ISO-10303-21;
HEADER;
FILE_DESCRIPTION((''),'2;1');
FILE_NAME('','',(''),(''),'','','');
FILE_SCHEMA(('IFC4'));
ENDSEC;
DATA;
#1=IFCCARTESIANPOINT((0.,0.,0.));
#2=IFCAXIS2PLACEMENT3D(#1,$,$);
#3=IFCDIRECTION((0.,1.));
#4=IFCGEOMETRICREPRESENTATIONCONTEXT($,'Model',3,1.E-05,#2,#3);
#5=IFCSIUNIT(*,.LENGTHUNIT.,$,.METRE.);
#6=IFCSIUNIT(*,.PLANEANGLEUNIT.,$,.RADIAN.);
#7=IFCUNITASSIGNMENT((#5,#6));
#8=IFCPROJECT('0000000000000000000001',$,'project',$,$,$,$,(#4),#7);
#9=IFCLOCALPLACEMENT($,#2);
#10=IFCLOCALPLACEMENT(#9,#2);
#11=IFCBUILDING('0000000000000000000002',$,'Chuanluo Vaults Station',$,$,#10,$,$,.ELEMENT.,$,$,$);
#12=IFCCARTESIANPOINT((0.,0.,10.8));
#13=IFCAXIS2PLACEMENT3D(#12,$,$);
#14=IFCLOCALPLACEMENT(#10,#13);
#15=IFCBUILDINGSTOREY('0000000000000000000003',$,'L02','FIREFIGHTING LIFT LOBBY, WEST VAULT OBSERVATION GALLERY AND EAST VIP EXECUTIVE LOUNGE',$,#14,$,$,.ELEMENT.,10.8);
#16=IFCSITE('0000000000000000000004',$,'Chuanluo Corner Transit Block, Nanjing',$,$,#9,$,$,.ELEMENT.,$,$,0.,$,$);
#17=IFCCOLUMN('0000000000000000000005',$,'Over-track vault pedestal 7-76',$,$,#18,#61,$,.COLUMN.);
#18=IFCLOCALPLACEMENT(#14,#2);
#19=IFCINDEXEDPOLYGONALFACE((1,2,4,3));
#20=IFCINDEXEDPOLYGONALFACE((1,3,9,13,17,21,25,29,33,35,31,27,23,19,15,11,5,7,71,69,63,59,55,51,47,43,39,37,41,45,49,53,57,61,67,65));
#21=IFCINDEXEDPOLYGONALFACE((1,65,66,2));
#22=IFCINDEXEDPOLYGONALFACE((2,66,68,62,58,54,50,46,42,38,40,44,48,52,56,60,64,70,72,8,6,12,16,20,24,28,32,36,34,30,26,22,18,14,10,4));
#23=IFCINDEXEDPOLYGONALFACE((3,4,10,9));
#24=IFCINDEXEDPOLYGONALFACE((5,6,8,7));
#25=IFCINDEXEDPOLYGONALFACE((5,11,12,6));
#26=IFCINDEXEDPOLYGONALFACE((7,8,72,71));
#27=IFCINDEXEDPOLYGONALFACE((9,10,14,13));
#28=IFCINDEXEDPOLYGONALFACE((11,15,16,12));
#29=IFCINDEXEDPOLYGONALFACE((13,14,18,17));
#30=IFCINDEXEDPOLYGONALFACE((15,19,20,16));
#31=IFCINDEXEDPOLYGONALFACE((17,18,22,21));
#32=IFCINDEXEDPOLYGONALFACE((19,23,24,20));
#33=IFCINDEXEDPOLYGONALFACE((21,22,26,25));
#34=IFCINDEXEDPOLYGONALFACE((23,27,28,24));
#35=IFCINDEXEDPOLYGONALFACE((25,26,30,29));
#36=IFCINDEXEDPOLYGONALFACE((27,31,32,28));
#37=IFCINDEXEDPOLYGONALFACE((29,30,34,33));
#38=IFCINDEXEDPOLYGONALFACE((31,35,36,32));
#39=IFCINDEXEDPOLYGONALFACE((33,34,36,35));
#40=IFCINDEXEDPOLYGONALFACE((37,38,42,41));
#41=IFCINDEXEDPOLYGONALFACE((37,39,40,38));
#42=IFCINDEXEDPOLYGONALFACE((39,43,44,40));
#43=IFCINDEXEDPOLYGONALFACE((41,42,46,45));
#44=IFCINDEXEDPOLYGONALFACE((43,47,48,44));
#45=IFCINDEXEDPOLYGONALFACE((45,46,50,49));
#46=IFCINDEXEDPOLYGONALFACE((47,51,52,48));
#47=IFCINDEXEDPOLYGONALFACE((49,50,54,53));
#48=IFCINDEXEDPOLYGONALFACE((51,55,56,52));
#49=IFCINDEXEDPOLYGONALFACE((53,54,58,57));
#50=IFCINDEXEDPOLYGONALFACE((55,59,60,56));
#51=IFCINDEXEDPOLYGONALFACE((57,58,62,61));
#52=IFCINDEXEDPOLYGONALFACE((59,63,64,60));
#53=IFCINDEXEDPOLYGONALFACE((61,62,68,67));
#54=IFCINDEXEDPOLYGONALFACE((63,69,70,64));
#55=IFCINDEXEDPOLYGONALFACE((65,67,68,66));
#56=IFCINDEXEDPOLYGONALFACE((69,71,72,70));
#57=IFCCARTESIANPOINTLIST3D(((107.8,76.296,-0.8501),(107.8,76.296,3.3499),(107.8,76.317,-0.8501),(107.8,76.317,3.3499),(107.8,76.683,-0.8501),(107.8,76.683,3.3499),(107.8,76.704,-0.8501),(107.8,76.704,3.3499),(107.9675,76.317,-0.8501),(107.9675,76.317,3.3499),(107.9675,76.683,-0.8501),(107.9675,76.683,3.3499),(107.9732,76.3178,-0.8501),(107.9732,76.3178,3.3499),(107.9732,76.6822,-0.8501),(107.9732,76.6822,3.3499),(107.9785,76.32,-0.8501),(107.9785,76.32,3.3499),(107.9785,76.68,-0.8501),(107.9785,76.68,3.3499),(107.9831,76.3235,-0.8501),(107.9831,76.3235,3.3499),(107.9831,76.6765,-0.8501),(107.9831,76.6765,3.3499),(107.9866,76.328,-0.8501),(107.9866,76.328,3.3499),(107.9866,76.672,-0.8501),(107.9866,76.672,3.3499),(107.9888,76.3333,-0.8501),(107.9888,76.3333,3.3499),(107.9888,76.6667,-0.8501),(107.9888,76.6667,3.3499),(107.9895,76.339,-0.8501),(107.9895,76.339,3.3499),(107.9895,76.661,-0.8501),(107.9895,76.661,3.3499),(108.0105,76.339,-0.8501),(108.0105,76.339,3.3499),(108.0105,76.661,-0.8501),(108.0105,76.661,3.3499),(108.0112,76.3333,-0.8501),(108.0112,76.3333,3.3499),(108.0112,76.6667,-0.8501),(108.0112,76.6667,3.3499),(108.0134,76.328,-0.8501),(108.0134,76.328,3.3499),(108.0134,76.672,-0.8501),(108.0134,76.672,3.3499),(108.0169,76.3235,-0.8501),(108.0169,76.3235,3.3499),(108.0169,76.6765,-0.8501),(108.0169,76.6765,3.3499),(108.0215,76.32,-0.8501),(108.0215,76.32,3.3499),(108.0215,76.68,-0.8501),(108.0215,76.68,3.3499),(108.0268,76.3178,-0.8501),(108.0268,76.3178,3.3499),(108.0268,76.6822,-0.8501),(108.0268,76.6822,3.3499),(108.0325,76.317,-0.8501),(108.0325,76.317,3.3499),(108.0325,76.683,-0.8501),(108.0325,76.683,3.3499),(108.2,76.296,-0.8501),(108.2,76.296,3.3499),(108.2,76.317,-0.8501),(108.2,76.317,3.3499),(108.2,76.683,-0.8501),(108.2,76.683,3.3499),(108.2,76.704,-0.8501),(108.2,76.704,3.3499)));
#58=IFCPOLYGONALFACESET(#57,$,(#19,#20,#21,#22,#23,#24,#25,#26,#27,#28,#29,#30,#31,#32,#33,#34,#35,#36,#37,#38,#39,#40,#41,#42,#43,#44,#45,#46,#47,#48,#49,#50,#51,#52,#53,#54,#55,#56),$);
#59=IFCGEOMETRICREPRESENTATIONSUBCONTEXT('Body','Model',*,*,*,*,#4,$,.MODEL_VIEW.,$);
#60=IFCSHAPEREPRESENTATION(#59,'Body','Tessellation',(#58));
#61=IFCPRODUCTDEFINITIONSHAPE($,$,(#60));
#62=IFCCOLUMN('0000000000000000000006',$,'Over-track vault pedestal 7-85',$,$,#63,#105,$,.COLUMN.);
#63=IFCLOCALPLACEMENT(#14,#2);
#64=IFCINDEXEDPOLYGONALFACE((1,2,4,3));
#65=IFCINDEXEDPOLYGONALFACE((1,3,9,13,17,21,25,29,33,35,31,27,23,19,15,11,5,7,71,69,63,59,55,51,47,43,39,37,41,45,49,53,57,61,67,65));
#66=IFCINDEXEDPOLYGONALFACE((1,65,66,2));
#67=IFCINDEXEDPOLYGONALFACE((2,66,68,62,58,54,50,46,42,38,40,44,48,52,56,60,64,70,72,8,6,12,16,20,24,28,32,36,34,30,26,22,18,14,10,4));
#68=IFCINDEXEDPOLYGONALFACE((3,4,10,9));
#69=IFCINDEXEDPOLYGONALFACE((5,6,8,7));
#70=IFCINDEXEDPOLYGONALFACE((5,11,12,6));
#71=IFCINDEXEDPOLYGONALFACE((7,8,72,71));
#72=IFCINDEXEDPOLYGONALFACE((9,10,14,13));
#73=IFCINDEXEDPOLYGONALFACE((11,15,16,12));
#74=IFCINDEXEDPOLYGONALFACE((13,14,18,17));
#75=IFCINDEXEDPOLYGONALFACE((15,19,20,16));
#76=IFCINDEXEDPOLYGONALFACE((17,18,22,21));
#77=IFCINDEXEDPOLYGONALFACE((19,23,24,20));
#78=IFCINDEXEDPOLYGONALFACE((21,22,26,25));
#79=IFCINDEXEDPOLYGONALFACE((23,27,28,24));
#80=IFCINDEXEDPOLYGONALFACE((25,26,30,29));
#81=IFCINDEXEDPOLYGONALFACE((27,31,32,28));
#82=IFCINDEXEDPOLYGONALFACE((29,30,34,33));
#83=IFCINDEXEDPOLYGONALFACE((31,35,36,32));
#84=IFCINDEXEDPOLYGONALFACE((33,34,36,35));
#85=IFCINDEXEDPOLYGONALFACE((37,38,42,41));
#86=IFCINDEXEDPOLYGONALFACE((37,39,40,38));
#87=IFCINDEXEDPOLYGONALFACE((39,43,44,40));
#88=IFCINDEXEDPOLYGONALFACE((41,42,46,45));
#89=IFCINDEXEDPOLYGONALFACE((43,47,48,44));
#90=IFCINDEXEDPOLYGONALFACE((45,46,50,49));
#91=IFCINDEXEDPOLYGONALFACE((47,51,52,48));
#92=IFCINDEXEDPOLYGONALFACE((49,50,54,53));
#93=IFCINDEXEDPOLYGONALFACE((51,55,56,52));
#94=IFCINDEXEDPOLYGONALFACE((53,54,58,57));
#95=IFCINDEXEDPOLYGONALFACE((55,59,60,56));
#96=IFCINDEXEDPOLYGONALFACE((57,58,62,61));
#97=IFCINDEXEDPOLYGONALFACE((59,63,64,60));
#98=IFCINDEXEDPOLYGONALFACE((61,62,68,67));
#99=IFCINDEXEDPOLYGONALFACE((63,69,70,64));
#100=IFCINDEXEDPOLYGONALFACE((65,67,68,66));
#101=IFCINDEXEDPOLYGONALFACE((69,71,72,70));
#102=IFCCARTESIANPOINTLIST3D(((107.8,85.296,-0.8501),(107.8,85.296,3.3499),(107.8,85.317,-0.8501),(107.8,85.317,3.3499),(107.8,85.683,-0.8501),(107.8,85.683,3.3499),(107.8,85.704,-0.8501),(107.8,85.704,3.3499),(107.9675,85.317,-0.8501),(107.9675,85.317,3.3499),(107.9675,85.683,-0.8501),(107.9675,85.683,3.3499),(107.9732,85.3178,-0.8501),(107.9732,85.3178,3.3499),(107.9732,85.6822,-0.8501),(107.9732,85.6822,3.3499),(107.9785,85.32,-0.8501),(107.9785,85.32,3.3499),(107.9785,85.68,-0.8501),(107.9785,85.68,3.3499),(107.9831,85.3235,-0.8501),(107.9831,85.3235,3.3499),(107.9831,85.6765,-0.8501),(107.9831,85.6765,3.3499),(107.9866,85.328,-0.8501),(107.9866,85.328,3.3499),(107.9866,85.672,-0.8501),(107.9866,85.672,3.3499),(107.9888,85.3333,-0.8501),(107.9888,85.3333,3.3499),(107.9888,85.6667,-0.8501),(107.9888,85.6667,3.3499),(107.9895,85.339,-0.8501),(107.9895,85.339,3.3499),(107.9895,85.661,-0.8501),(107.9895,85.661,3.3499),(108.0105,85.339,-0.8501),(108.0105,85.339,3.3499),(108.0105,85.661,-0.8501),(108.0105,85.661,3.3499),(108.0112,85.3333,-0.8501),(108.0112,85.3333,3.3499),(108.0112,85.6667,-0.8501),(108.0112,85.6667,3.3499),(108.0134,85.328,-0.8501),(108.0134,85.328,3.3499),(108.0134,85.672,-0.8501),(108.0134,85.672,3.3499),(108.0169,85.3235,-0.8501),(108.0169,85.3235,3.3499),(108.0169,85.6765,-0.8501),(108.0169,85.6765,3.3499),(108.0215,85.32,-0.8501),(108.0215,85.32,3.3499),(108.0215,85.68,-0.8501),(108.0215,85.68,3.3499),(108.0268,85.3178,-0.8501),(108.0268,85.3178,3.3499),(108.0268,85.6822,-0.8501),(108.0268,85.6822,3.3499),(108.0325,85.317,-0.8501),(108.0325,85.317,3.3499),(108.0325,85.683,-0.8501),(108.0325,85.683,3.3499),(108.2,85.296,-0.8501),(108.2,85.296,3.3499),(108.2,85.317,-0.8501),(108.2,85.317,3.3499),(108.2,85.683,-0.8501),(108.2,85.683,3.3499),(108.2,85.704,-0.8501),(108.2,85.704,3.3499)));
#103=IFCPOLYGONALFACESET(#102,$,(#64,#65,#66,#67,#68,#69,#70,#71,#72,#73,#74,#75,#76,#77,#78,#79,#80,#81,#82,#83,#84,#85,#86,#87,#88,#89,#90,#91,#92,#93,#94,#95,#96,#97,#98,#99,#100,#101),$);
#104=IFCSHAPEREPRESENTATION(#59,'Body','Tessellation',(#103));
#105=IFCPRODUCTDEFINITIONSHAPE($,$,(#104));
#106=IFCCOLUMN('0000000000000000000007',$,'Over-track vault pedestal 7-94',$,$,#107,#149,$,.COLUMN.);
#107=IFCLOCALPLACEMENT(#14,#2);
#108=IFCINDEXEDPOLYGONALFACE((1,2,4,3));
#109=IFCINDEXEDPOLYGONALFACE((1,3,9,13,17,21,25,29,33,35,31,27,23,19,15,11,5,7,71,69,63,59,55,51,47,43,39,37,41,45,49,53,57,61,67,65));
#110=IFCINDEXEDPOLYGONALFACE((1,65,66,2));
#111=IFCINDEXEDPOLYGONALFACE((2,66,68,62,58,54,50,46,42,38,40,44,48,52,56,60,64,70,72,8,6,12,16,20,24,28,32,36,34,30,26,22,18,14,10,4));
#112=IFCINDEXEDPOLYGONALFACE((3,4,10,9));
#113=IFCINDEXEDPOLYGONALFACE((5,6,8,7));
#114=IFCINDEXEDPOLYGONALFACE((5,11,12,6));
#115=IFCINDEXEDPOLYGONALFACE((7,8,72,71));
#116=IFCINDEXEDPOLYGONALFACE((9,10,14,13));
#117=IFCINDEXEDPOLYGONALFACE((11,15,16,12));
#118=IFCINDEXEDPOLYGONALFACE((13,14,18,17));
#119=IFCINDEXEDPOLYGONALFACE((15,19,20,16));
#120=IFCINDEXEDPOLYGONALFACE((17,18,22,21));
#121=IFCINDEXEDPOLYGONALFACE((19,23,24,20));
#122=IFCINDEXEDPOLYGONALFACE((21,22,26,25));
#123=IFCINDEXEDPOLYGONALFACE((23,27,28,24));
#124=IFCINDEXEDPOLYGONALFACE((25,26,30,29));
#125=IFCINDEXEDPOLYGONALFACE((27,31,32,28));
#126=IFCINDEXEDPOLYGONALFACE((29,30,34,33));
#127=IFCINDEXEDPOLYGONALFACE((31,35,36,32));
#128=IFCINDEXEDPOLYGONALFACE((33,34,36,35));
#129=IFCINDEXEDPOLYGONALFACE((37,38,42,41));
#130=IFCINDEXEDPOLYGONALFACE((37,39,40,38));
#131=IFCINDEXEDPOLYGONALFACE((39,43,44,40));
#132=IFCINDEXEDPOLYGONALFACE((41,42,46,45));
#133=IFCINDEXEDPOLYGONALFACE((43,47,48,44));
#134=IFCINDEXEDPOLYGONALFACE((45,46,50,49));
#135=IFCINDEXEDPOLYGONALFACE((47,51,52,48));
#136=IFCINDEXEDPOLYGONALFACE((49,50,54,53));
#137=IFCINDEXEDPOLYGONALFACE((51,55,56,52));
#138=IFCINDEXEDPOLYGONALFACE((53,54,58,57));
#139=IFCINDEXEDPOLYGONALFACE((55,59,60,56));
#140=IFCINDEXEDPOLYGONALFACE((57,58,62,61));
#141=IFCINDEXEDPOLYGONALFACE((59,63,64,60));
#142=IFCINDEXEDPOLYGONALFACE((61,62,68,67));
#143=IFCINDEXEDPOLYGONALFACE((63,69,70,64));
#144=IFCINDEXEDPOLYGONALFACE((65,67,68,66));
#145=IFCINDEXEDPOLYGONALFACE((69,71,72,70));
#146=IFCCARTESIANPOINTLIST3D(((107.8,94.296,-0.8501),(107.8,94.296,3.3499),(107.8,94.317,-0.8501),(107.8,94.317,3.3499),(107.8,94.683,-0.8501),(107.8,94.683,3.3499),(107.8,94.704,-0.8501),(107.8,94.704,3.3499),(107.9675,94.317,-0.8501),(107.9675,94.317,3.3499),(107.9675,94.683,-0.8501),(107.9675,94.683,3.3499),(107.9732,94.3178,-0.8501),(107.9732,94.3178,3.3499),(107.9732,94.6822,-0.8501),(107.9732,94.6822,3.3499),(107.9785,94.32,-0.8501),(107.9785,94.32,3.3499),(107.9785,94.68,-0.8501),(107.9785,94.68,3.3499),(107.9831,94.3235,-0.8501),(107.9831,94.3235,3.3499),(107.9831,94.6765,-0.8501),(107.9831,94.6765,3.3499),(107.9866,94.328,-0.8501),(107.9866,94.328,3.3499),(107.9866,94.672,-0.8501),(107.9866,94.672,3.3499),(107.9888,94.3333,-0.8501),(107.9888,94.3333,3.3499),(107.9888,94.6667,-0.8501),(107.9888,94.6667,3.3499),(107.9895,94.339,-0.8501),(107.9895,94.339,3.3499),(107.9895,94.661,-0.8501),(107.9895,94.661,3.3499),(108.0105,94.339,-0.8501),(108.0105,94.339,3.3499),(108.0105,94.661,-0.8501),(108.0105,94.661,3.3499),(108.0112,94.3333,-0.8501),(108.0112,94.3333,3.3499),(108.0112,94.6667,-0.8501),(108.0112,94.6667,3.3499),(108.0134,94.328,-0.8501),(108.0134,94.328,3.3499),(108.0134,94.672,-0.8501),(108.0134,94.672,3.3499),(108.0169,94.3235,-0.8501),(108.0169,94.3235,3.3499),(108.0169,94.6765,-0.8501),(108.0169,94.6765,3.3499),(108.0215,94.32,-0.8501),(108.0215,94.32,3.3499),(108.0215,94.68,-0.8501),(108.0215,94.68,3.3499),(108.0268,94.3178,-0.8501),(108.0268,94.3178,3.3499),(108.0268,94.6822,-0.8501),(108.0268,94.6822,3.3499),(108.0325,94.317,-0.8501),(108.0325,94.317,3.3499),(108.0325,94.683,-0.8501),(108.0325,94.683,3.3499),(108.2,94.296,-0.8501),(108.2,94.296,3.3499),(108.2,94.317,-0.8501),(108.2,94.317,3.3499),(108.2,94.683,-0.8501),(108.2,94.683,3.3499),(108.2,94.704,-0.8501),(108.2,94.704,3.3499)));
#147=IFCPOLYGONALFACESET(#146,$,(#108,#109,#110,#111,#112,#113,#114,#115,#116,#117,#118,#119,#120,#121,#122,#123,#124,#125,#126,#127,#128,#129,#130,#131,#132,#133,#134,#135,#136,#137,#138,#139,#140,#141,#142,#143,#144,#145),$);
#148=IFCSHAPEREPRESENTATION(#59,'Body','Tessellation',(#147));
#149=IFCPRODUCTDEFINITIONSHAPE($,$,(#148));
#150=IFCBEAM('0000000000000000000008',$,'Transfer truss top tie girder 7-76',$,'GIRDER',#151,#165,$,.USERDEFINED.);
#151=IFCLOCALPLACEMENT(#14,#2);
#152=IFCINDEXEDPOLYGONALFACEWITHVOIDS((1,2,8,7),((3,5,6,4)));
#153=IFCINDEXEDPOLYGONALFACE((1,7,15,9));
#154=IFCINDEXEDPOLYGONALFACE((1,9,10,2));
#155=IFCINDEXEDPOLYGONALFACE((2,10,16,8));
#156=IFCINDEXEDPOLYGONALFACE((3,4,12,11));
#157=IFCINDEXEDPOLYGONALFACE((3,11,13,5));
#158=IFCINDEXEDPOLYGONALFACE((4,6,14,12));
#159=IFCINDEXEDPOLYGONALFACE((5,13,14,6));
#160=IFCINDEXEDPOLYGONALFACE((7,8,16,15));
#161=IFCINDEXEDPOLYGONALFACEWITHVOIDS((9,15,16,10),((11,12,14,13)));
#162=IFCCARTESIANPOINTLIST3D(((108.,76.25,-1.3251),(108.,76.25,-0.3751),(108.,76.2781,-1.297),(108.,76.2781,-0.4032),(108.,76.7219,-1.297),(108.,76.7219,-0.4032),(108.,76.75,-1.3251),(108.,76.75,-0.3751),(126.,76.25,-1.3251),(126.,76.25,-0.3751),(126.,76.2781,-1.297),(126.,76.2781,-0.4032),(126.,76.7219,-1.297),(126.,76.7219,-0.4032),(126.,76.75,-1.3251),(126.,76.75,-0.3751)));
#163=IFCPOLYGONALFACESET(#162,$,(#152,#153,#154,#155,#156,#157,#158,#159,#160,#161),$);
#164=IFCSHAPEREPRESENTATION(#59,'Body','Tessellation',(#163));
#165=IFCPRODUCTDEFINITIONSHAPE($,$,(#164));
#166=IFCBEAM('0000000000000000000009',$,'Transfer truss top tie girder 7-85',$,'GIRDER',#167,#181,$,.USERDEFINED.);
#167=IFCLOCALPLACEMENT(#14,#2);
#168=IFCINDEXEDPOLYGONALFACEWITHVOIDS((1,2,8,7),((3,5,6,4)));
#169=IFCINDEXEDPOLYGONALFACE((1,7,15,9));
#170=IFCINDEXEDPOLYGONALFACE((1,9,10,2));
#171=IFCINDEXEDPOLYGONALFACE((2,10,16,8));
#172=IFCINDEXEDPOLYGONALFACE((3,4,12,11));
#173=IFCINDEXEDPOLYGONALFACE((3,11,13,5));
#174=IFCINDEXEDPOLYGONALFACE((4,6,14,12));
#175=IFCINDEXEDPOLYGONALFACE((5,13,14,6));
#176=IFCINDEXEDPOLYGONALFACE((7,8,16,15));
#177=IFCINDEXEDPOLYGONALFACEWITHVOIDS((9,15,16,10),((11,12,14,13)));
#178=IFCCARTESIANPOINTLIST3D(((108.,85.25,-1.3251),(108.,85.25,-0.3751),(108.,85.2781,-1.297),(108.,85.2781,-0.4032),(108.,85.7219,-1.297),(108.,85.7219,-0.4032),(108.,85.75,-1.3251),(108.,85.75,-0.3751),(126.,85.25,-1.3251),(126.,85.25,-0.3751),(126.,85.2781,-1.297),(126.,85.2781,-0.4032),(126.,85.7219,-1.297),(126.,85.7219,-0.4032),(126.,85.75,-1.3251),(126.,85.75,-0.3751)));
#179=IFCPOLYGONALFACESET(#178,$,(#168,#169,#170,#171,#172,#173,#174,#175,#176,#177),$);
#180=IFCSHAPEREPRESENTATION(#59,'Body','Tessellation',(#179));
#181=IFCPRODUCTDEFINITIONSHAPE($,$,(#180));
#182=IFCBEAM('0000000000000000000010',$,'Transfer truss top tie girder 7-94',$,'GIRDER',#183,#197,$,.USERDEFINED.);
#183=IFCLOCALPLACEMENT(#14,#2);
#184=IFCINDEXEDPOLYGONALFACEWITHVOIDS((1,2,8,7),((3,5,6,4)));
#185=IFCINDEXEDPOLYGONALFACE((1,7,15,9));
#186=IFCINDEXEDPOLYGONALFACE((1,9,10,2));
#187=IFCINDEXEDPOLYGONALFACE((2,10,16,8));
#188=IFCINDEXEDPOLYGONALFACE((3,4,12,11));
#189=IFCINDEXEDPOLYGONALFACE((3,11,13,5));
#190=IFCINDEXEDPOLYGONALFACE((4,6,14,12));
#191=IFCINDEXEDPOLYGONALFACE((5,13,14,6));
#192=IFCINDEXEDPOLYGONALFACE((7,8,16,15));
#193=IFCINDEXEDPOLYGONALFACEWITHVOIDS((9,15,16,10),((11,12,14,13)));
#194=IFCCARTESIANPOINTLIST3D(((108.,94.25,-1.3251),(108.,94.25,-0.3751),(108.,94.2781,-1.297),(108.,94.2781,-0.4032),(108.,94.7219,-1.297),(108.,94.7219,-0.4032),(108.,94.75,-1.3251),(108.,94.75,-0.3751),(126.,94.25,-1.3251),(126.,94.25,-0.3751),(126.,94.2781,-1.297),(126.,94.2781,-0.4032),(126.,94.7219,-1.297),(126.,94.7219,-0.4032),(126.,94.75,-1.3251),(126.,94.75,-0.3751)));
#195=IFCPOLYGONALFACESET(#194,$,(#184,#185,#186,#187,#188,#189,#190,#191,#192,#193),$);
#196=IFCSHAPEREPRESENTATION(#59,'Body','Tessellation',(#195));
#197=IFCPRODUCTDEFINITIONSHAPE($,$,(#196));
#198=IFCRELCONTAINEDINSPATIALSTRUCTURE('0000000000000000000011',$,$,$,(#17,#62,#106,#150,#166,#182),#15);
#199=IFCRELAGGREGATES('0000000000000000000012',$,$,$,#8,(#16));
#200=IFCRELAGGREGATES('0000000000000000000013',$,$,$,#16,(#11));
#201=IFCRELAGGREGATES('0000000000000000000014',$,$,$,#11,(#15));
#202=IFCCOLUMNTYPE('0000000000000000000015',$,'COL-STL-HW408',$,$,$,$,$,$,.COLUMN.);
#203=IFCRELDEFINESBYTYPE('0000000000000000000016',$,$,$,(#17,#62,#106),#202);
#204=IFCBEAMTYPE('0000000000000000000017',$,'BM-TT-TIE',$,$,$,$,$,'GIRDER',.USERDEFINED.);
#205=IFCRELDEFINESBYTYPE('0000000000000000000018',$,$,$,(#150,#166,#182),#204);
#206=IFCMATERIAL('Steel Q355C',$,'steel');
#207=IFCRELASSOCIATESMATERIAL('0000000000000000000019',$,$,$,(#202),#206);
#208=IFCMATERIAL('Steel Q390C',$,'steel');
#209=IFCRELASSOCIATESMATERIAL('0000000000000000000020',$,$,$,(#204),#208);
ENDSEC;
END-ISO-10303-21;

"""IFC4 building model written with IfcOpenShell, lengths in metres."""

from ifc_helpers import new_model, si_unit, direction, frame, origin, origin_2d, place, context, subcontext, project, spatial, hollow_rectangle, i_section, extrude, material, material_profile, profile_set, type_object, element, save


model = new_model("IFC4")

# Units and contexts
model_context = context("Model", 3, precision=1e-05, world=origin(), true_north=direction((0.0, 1.0)))
body_context = subcontext(model_context, "Body", "Model", "MODEL_VIEW")
ifc_project = project(units=[si_unit("LENGTHUNIT", "METRE"), si_unit("PLANEANGLEUNIT", "RADIAN")], contexts=[model_context])

# Site, building, storey
site_placement = place(None, origin())
site = spatial("IfcSite", under=ifc_project, at=site_placement, Name="Chuanluo Corner Transit Block, Nanjing", CompositionType="ELEMENT", RefElevation=0.0)
building_placement = place(site_placement, origin())
building = spatial("IfcBuilding", under=site, at=building_placement, Name="Chuanluo Vaults Station", CompositionType="ELEMENT")
storey_placement = place(building_placement, frame((0.0, 0.0, 10.8)))
storey = spatial("IfcBuildingStorey", under=building, at=storey_placement, Name="L02", Description="FIREFIGHTING LIFT LOBBY, WEST VAULT OBSERVATION GALLERY AND EAST VIP EXECUTIVE LOUNGE", CompositionType="ELEMENT", Elevation=10.8)

# Columns
ifc_material_1 = material(Name="Steel Q355C", Category="steel")
ifc_material_profile_1 = material_profile(ifc_material_1, i_section(OverallWidth=0.3999, OverallDepth=0.408, WebThickness=0.021, FlangeThickness=0.021, FilletRadius=0.022, at=origin_2d()))
ifc_profile_set_1 = profile_set([ifc_material_profile_1], Name="Steel Q355C")
column_type = type_object("IfcColumnType", Name="COL-STL-HW408", PredefinedType="COLUMN", material=ifc_profile_set_1)
for number, where, z_axis, x_axis, name in (
    (1, (108.0, 76.5, -0.8501), (0.0, 0.0, 1.0), (1.0, 0.0, 0.0), "Over-track vault pedestal 7-76"),
    (2, (108.0, 85.5, -0.8501), (0.0, 0.0, 1.0), (1.0, 0.0, 0.0), "Over-track vault pedestal 7-85"),
    (3, (108.0, 94.5, -0.8501), (0.0, 0.0, 1.0), (1.0, 0.0, 0.0), "Over-track vault pedestal 7-94"),
):
    element("IfcColumn", number, at=place(storey_placement, frame(where, z_axis=z_axis, x_axis=x_axis)), inside=storey, type_object=column_type, Name=name, PredefinedType="COLUMN", context=body_context, shape_type="SweptSolid", body=[
        extrude(i_section(OverallWidth=0.3999, OverallDepth=0.408, WebThickness=0.021, FlangeThickness=0.021, FilletRadius=0.022, at=origin_2d()), origin(), (0.0, 0.0, 1.0), 4.2),
    ])

# Beams
ifc_material_2 = material(Name="Steel Q390C", Category="steel")
ifc_material_profile_2 = material_profile(ifc_material_2, hollow_rectangle(XDim=0.5, YDim=0.95, WallThickness=0.0281, at=origin_2d()))
ifc_profile_set_2 = profile_set([ifc_material_profile_2], Name="Steel Q390C")
beam_type_1 = type_object("IfcBeamType", Name="BM-TT-TIE", ElementType="GIRDER", PredefinedType="USERDEFINED", material=ifc_profile_set_2)
for number, where, z_axis, x_axis, name in (
    (4, (108.0, 76.5, -0.8501), (1.0, 0.0, 0.0), (0.0, 1.0, 0.0), "Transfer truss top tie girder 7-76"),
    (5, (108.0, 85.5, -0.8501), (1.0, 0.0, 0.0), (0.0, 1.0, 0.0), "Transfer truss top tie girder 7-85"),
    (6, (108.0, 94.5, -0.8501), (1.0, 0.0, 0.0), (0.0, 1.0, 0.0), "Transfer truss top tie girder 7-94"),
):
    element("IfcBeam", number, at=place(storey_placement, frame(where, z_axis=z_axis, x_axis=x_axis)), inside=storey, type_object=beam_type_1, Name=name, ObjectType="GIRDER", PredefinedType="USERDEFINED", context=body_context, shape_type="SweptSolid", body=[
        extrude(hollow_rectangle(XDim=0.5, YDim=0.95, WallThickness=0.0281, at=origin_2d()), origin(), (0.0, 0.0, 1.0), 18.0),
    ])

save(model, "model.ifc")
